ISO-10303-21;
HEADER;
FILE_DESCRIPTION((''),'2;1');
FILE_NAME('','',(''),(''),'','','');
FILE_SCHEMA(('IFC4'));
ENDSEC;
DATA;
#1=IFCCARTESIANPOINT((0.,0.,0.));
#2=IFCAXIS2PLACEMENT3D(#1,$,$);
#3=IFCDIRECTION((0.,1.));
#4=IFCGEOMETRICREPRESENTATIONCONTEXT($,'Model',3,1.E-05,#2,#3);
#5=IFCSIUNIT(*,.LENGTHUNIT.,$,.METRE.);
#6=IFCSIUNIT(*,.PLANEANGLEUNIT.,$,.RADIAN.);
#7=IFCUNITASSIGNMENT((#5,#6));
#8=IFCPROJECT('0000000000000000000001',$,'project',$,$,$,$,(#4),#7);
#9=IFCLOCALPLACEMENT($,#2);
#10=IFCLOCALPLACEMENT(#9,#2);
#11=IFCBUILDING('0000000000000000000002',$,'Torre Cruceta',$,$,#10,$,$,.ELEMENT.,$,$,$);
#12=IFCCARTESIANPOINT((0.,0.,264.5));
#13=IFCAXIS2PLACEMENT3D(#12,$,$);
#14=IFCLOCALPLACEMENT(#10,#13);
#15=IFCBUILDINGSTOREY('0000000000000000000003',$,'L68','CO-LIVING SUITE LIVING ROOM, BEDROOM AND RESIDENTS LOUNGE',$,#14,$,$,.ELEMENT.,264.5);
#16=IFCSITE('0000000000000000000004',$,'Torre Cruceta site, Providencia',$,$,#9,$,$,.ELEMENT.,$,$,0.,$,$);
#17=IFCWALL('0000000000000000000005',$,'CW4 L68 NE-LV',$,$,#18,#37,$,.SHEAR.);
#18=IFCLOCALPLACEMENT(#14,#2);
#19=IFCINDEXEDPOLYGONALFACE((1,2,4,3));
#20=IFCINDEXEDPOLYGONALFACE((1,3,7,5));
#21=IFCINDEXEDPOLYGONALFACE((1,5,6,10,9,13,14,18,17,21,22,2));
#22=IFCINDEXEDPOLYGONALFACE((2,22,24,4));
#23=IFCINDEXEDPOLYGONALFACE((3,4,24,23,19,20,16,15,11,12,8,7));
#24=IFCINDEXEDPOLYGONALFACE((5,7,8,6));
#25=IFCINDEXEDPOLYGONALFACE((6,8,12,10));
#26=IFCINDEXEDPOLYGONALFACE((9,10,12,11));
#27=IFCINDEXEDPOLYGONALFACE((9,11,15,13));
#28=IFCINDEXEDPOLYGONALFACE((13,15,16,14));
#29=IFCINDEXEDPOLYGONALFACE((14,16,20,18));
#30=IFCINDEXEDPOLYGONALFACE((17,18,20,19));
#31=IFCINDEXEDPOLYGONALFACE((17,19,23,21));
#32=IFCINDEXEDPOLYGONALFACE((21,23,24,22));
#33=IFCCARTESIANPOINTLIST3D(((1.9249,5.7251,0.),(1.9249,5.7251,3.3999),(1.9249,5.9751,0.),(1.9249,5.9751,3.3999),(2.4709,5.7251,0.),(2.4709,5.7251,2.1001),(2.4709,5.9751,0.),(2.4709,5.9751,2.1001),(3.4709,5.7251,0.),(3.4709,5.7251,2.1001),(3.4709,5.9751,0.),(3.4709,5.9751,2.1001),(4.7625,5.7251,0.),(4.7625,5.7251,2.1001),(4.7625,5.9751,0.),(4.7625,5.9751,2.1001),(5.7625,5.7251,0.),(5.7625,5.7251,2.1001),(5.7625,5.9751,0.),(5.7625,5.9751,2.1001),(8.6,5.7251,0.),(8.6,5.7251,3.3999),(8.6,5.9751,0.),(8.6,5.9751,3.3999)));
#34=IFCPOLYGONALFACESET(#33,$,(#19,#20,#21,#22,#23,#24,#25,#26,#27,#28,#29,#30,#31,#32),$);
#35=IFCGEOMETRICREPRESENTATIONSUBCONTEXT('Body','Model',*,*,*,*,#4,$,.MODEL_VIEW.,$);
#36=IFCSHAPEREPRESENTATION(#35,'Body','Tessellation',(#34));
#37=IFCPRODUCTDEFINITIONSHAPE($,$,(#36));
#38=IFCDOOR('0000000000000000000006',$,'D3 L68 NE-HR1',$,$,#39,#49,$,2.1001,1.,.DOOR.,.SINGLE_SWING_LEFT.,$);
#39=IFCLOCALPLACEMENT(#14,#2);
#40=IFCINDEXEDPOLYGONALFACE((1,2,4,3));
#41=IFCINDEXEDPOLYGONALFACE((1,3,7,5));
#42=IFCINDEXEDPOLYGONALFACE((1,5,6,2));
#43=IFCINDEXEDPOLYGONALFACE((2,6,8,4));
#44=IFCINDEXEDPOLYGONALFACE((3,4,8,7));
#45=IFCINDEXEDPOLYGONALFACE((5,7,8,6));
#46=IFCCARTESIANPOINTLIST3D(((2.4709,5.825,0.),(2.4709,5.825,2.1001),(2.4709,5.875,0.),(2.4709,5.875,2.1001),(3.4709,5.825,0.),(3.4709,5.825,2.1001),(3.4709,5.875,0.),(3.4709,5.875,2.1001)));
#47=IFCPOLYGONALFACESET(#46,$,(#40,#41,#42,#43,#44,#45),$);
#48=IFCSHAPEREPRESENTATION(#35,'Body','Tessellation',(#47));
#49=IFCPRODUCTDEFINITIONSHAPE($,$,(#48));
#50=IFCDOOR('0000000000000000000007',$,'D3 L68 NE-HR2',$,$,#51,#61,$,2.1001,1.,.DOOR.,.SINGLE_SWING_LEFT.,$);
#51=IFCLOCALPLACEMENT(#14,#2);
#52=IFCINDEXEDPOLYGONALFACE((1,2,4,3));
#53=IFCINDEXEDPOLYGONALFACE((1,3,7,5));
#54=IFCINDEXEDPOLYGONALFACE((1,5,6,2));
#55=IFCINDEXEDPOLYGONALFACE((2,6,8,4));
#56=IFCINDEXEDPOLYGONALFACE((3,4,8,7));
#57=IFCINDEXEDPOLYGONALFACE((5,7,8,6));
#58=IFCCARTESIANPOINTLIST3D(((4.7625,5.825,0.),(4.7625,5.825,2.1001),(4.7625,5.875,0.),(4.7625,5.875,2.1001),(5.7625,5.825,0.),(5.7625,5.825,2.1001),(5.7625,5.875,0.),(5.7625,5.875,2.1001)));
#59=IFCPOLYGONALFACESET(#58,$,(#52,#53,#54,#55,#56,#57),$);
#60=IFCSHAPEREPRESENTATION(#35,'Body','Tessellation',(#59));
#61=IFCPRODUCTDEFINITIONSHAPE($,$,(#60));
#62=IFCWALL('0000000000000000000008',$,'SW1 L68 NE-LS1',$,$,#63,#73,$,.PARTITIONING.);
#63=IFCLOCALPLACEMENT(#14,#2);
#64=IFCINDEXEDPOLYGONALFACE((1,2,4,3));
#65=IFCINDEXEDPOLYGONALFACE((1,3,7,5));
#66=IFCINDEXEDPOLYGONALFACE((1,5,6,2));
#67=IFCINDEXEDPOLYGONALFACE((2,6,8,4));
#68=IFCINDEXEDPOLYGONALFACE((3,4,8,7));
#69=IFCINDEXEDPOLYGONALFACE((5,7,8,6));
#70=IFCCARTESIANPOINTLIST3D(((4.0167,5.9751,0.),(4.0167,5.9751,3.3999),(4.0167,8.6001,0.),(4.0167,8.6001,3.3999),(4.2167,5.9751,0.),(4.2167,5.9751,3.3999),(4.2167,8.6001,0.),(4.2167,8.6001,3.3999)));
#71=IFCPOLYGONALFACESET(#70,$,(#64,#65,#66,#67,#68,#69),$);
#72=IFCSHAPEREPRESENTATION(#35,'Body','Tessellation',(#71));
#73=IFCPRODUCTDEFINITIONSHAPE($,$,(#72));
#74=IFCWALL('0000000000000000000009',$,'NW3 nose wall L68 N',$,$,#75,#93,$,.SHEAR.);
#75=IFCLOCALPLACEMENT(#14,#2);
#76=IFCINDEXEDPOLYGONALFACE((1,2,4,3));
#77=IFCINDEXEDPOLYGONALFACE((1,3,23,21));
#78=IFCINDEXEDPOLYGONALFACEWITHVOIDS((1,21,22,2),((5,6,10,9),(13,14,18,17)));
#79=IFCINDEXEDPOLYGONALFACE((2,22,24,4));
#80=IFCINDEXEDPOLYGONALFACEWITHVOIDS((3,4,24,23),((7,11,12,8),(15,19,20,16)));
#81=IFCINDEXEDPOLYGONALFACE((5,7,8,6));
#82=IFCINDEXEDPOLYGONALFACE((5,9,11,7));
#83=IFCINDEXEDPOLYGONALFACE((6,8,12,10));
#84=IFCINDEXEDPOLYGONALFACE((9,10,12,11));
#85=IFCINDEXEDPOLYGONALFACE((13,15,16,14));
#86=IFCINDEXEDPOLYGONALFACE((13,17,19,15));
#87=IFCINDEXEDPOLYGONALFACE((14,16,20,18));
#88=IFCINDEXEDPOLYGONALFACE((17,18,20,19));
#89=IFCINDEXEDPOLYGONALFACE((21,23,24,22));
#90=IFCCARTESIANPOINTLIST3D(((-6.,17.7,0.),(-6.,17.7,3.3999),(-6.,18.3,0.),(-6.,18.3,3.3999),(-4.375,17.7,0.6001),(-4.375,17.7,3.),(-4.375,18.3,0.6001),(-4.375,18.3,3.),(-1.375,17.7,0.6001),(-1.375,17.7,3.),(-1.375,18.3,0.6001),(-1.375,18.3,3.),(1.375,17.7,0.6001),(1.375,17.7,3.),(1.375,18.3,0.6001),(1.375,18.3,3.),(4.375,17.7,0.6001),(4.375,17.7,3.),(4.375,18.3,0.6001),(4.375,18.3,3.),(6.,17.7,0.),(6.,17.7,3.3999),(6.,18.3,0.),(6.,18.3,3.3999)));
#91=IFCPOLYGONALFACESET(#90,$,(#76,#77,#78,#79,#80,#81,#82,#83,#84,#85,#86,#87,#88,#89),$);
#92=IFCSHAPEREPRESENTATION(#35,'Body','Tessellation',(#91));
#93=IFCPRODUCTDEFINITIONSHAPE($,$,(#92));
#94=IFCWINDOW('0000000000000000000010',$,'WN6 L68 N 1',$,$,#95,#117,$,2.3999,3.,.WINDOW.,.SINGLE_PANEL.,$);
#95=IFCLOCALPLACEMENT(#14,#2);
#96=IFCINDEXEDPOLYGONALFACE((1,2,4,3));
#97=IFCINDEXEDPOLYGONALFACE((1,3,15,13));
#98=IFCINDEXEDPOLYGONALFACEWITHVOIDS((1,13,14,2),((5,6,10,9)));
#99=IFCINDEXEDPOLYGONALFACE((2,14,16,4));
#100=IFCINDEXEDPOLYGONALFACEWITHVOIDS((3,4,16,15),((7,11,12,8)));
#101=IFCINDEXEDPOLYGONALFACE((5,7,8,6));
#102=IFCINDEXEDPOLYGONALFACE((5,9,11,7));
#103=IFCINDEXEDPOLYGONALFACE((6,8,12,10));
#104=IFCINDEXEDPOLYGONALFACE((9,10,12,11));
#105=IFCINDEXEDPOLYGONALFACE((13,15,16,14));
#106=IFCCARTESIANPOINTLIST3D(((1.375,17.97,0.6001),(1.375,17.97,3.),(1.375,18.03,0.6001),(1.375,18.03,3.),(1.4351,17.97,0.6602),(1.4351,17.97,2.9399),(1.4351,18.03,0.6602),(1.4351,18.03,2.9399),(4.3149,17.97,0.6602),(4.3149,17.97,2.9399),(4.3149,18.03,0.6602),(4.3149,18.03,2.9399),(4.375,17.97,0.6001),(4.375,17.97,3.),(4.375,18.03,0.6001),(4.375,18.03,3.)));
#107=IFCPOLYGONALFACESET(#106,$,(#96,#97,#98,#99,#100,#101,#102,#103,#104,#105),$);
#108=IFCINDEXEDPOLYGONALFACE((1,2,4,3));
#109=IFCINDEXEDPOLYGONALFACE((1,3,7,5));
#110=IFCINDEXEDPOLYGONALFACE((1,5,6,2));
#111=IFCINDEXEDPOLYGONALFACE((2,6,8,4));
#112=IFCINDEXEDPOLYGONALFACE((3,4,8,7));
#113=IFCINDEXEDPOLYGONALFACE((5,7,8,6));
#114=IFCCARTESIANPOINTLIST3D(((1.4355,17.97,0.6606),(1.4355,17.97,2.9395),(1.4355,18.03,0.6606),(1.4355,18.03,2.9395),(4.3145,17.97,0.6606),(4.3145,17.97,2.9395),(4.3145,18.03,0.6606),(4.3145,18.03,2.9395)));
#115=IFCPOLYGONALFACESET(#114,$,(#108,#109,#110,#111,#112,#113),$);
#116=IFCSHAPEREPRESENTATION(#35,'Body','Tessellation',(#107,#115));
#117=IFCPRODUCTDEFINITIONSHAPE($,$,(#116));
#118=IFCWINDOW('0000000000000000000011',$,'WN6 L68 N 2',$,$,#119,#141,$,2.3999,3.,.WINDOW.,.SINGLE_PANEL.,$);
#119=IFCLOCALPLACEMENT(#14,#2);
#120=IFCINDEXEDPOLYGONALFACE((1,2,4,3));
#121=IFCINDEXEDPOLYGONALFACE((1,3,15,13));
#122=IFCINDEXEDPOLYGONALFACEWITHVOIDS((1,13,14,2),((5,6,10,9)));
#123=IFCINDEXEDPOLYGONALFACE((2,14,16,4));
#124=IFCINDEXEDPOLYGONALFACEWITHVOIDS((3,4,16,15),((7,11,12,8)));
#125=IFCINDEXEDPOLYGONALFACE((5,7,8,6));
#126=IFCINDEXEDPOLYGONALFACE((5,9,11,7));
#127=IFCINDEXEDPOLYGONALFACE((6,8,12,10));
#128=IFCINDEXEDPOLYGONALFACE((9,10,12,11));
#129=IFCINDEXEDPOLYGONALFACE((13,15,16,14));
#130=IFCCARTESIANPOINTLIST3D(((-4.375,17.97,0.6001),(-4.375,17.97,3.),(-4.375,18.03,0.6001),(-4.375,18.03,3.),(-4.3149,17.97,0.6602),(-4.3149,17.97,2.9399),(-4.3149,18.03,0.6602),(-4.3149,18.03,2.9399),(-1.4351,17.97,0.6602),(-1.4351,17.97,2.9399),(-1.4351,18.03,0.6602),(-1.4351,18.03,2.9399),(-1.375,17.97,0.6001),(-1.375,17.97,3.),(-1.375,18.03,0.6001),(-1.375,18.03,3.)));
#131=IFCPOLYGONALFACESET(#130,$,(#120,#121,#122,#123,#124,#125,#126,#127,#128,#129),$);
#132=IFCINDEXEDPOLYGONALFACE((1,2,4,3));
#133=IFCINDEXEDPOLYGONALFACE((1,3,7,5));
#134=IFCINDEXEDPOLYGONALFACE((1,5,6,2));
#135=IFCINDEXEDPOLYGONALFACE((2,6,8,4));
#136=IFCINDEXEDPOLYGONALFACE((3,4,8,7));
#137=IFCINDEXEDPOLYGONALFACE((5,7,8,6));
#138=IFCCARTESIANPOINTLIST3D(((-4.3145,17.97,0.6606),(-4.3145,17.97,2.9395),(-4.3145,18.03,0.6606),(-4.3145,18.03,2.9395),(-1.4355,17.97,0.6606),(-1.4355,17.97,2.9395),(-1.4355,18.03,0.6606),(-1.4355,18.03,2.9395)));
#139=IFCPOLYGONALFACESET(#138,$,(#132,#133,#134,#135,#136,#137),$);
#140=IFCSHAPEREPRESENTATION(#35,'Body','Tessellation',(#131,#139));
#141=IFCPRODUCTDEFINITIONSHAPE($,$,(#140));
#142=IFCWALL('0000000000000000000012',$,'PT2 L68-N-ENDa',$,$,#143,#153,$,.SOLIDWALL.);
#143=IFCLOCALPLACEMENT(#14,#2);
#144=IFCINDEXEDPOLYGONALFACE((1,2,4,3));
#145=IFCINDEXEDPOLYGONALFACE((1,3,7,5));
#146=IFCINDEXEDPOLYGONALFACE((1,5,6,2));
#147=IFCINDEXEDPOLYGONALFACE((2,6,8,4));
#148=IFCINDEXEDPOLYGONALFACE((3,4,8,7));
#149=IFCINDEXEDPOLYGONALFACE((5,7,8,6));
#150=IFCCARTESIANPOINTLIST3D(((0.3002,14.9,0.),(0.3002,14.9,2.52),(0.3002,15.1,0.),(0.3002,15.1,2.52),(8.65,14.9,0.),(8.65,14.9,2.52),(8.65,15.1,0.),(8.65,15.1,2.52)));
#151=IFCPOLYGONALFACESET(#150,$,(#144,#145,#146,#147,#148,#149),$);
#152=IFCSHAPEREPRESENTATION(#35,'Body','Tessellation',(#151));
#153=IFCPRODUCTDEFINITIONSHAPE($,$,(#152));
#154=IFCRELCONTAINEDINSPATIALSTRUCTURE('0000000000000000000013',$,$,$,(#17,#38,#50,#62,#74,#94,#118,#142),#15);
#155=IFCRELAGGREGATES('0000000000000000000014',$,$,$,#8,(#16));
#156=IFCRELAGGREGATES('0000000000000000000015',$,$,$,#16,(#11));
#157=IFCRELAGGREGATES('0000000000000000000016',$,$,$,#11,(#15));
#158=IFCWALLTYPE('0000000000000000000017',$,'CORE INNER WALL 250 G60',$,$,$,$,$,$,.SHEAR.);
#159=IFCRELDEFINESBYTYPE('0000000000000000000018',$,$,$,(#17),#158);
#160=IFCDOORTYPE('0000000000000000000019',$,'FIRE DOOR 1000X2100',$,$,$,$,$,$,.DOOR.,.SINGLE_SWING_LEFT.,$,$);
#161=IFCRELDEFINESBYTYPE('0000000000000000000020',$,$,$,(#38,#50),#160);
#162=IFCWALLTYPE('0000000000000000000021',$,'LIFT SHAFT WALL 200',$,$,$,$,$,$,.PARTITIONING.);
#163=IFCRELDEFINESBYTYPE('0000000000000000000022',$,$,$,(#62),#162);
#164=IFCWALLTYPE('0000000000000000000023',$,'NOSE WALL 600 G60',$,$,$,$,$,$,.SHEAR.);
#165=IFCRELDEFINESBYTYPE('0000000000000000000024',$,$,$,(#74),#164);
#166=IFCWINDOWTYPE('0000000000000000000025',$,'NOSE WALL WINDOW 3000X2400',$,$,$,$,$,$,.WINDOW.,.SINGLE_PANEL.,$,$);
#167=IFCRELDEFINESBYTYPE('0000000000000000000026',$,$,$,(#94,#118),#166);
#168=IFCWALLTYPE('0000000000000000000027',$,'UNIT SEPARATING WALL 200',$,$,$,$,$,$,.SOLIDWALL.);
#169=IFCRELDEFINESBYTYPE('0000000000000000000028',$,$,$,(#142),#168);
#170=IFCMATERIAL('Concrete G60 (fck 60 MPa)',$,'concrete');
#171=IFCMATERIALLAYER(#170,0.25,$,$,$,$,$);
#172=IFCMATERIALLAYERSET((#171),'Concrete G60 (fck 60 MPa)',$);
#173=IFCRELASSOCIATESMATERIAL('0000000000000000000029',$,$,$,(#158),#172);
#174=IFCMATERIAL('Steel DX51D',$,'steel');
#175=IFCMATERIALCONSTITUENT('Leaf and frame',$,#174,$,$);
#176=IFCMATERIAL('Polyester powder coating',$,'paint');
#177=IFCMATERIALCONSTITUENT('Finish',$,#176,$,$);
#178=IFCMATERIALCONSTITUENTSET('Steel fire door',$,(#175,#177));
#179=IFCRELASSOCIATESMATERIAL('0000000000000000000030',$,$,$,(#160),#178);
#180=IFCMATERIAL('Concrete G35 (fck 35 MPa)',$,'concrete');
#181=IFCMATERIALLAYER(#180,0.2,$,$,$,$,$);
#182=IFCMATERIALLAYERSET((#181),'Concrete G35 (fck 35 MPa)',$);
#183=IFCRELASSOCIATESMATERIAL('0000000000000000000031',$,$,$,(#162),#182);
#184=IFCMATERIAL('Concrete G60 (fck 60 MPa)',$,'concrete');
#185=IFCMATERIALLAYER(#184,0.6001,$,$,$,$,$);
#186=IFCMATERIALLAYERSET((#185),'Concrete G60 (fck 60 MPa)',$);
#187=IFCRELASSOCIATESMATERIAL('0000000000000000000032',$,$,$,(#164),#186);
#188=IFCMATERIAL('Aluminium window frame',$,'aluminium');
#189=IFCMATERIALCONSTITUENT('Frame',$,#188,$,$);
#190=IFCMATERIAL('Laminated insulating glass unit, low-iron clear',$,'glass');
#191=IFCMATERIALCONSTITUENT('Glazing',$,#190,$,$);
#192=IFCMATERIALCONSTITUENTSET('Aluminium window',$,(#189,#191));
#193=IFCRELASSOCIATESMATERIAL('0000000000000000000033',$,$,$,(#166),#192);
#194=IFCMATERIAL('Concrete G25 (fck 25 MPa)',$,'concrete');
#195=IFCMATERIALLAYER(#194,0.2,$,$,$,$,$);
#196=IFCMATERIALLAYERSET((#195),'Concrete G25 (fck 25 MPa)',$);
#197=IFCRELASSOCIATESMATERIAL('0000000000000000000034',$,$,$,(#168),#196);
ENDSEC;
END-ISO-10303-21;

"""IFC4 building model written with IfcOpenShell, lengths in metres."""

from ifc_helpers import new_model, si_unit, direction, frame, frame_2d, origin, place, context, subcontext, project, spatial, rectangle, hollow_rectangle, extrude, material, layer, layer_set, constituent, constituent_set, type_object, element, fill, save


model = new_model("IFC4")

# Units and contexts
model_context = context("Model", 3, precision=1e-05, world=origin(), true_north=direction((0.0, 1.0)))
body_context = subcontext(model_context, "Body", "Model", "MODEL_VIEW")
ifc_project = project(units=[si_unit("LENGTHUNIT", "METRE"), si_unit("PLANEANGLEUNIT", "RADIAN")], contexts=[model_context])

# Site, building, storey
site_placement = place(None, origin())
site = spatial("IfcSite", under=ifc_project, at=site_placement, Name="Torre Cruceta site, Providencia", CompositionType="ELEMENT", RefElevation=0.0)
building_placement = place(site_placement, origin())
building = spatial("IfcBuilding", under=site, at=building_placement, Name="Torre Cruceta", CompositionType="ELEMENT")
storey_placement = place(building_placement, frame((0.0, 0.0, 264.5)))
storey = spatial("IfcBuildingStorey", under=building, at=storey_placement, Name="L68", Description="CO-LIVING SUITE LIVING ROOM, BEDROOM AND RESIDENTS LOUNGE", CompositionType="ELEMENT", Elevation=264.5)

# Wall, openings, doors
ifc_material_1 = material(Name="Concrete G60 (fck 60 MPa)", Category="concrete")
ifc_layer_1 = layer(ifc_material_1, 0.25)
ifc_layer_set_1 = layer_set([ifc_layer_1], Name="Concrete G60 (fck 60 MPa)")
wall_type_1 = type_object("IfcWallType", Name="CORE INNER WALL 250 G60", PredefinedType="SHEAR", material=ifc_layer_set_1)
wall_1_placement = place(storey_placement, frame((1.925, 5.8501, 0.0), z_axis=(0.0, 0.0, 1.0), x_axis=(1.0, 0.0, 0.0)))
wall_1 = element("IfcWall", 1, at=wall_1_placement, inside=storey, type_object=wall_type_1, Name="CW4 L68 NE-LV", PredefinedType="SHEAR", context=body_context, shape_type="SweptSolid", body=[
    extrude(rectangle(XDim=6.675, YDim=0.25, at=frame_2d((3.3374, 0.0))), origin(), (0.0, 0.0, 1.0), 3.3999),
])
opening_1_placement = place(wall_1_placement, frame((0.5459, 0.0, 0.0)))
opening_1 = element("IfcOpeningElement", 2, at=opening_1_placement, cuts=wall_1, PredefinedType="OPENING", context=body_context, shape_type="SweptSolid", body=[
    extrude(rectangle(XDim=1.0, YDim=2.1001, at=frame_2d((0.5, 1.05))), frame((0.0, 0.135, 0.0), z_axis=(0.0, -1.0, 0.0), x_axis=(1.0, 0.0, 0.0)), (0.0, 0.0, 1.0), 0.27),
])
opening_2_placement = place(wall_1_placement, frame((2.8374, 0.0, 0.0)))
opening_2 = element("IfcOpeningElement", 3, at=opening_2_placement, cuts=wall_1, PredefinedType="OPENING", context=body_context, shape_type="SweptSolid", body=[
    extrude(rectangle(XDim=1.0, YDim=2.1001, at=frame_2d((0.5, 1.05))), frame((0.0, 0.135, 0.0), z_axis=(0.0, -1.0, 0.0), x_axis=(1.0, 0.0, 0.0)), (0.0, 0.0, 1.0), 0.27),
])
ifc_material_2 = material(Name="Steel DX51D", Category="steel")
ifc_constituent_1 = constituent(ifc_material_2, Name="Leaf and frame")
ifc_material_3 = material(Name="Polyester powder coating", Category="paint")
ifc_constituent_2 = constituent(ifc_material_3, Name="Finish")
ifc_constituent_set_1 = constituent_set(constituents=[ifc_constituent_1, ifc_constituent_2], Name="Steel fire door")
door_type_1 = type_object("IfcDoorType", Name="FIRE DOOR 1000X2100", OperationType="SINGLE_SWING_LEFT", PredefinedType="DOOR", material=ifc_constituent_set_1)
door_1_placement = place(opening_1_placement, origin())
door_1 = element("IfcDoor", 4, at=door_1_placement, inside=storey, type_object=door_type_1, Name="D3 L68 NE-HR1", OperationType="SINGLE_SWING_LEFT", OverallHeight=2.1001, OverallWidth=1.0, PredefinedType="DOOR", context=body_context, shape_type="SweptSolid", body=[
    extrude(rectangle(XDim=1.0, YDim=2.1001, at=frame_2d((0.5, 1.05))), frame((0.0, 0.0249, 0.0), z_axis=(0.0, -1.0, 0.0), x_axis=(1.0, 0.0, 0.0)), (0.0, 0.0, 1.0), 0.05),
])
fill(opening_1, door_1)
door_2_placement = place(opening_2_placement, origin())
door_2 = element("IfcDoor", 5, at=door_2_placement, inside=storey, type_object=door_type_1, Name="D3 L68 NE-HR2", OperationType="SINGLE_SWING_LEFT", OverallHeight=2.1001, OverallWidth=1.0, PredefinedType="DOOR", context=body_context, shape_type="SweptSolid", body=[
    extrude(rectangle(XDim=1.0, YDim=2.1001, at=frame_2d((0.5, 1.05))), frame((0.0, 0.0249, 0.0), z_axis=(0.0, -1.0, 0.0), x_axis=(1.0, 0.0, 0.0)), (0.0, 0.0, 1.0), 0.05),
])
fill(opening_2, door_2)

# Wall
ifc_material_4 = material(Name="Concrete G35 (fck 35 MPa)", Category="concrete")
ifc_layer_2 = layer(ifc_material_4, 0.2)
ifc_layer_set_2 = layer_set([ifc_layer_2], Name="Concrete G35 (fck 35 MPa)")
wall_type_2 = type_object("IfcWallType", Name="LIFT SHAFT WALL 200", PredefinedType="PARTITIONING", material=ifc_layer_set_2)
wall_2_placement = place(storey_placement, frame((4.1167, 5.9751, 0.0), z_axis=(0.0, 0.0, 1.0), x_axis=(0.0, 1.0, 0.0)))
element("IfcWall", 6, at=wall_2_placement, inside=storey, type_object=wall_type_2, Name="SW1 L68 NE-LS1", PredefinedType="PARTITIONING", context=body_context, shape_type="SweptSolid", body=[
    extrude(rectangle(XDim=2.625, YDim=0.2, at=frame_2d((1.3125, 0.0))), origin(), (0.0, 0.0, 1.0), 3.3999),
])

# Wall, openings, windows
ifc_material_5 = material(Name="Concrete G60 (fck 60 MPa)", Category="concrete")
ifc_layer_3 = layer(ifc_material_5, 0.6001)
ifc_layer_set_3 = layer_set([ifc_layer_3], Name="Concrete G60 (fck 60 MPa)")
wall_type_3 = type_object("IfcWallType", Name="NOSE WALL 600 G60", PredefinedType="SHEAR", material=ifc_layer_set_3)
wall_3_placement = place(storey_placement, frame((6.0, 18.0, 0.0), z_axis=(0.0, 0.0, 1.0), x_axis=(-1.0, 0.0, 0.0)))
wall_3 = element("IfcWall", 7, at=wall_3_placement, inside=storey, type_object=wall_type_3, Name="NW3 nose wall L68 N", PredefinedType="SHEAR", context=body_context, shape_type="SweptSolid", body=[
    extrude(rectangle(XDim=12.0, YDim=0.6001, at=frame_2d((6.0, 0.0))), origin(), (0.0, 0.0, 1.0), 3.3999),
])
opening_3_placement = place(wall_3_placement, frame((1.625, 0.0, 0.6001)))
opening_3 = element("IfcOpeningElement", 8, at=opening_3_placement, cuts=wall_3, PredefinedType="OPENING", context=body_context, shape_type="SweptSolid", body=[
    extrude(rectangle(XDim=3.0, YDim=2.3999, at=frame_2d((1.5, 1.2))), frame((0.0, 0.3101, 0.0), z_axis=(0.0, -1.0, 0.0), x_axis=(1.0, 0.0, 0.0)), (0.0, 0.0, 1.0), 0.6201),
])
opening_4_placement = place(wall_3_placement, frame((7.375, 0.0, 0.6001)))
opening_4 = element("IfcOpeningElement", 9, at=opening_4_placement, cuts=wall_3, PredefinedType="OPENING", context=body_context, shape_type="SweptSolid", body=[
    extrude(rectangle(XDim=3.0, YDim=2.3999, at=frame_2d((1.5, 1.2))), frame((0.0, 0.3101, 0.0), z_axis=(0.0, -1.0, 0.0), x_axis=(1.0, 0.0, 0.0)), (0.0, 0.0, 1.0), 0.6201),
])
ifc_material_6 = material(Name="Aluminium window frame", Category="aluminium")
ifc_constituent_3 = constituent(ifc_material_6, Name="Frame")
ifc_material_7 = material(Name="Laminated insulating glass unit, low-iron clear", Category="glass")
ifc_constituent_4 = constituent(ifc_material_7, Name="Glazing")
ifc_constituent_set_2 = constituent_set(constituents=[ifc_constituent_3, ifc_constituent_4], Name="Aluminium window")
window_type = type_object("IfcWindowType", Name="NOSE WALL WINDOW 3000X2400", PartitioningType="SINGLE_PANEL", PredefinedType="WINDOW", material=ifc_constituent_set_2)
window_1_placement = place(opening_3_placement, origin())
window_1 = element("IfcWindow", 10, at=window_1_placement, inside=storey, type_object=window_type, Name="WN6 L68 N 1", OverallHeight=2.3999, OverallWidth=3.0, PartitioningType="SINGLE_PANEL", PredefinedType="WINDOW", context=body_context, shape_type="SweptSolid", body=[
    extrude(hollow_rectangle(XDim=3.0, YDim=2.3999, WallThickness=0.0601, at=frame_2d((1.5, 1.2))), frame((0.0, 0.03, 0.0), z_axis=(0.0, -1.0, 0.0), x_axis=(1.0, 0.0, 0.0)), (0.0, 0.0, 1.0), 0.0601),
    extrude(rectangle(XDim=2.8789, YDim=2.2788, at=frame_2d((1.5, 1.2))), frame((0.0, 0.03, 0.0), z_axis=(0.0, -1.0, 0.0), x_axis=(1.0, 0.0, 0.0)), (0.0, 0.0, 1.0), 0.0601),
])
fill(opening_3, window_1)
window_2_placement = place(opening_4_placement, origin())
window_2 = element("IfcWindow", 11, at=window_2_placement, inside=storey, type_object=window_type, Name="WN6 L68 N 2", OverallHeight=2.3999, OverallWidth=3.0, PartitioningType="SINGLE_PANEL", PredefinedType="WINDOW", context=body_context, shape_type="SweptSolid", body=[
    extrude(hollow_rectangle(XDim=3.0, YDim=2.3999, WallThickness=0.0601, at=frame_2d((1.5, 1.2))), frame((0.0, 0.03, 0.0), z_axis=(0.0, -1.0, 0.0), x_axis=(1.0, 0.0, 0.0)), (0.0, 0.0, 1.0), 0.0601),
    extrude(rectangle(XDim=2.8789, YDim=2.2788, at=frame_2d((1.5, 1.2))), frame((0.0, 0.03, 0.0), z_axis=(0.0, -1.0, 0.0), x_axis=(1.0, 0.0, 0.0)), (0.0, 0.0, 1.0), 0.0601),
])
fill(opening_4, window_2)

# Wall
ifc_material_8 = material(Name="Concrete G25 (fck 25 MPa)", Category="concrete")
ifc_layer_4 = layer(ifc_material_8, 0.2)
ifc_layer_set_4 = layer_set([ifc_layer_4], Name="Concrete G25 (fck 25 MPa)")
wall_type_4 = type_object("IfcWallType", Name="UNIT SEPARATING WALL 200", PredefinedType="SOLIDWALL", material=ifc_layer_set_4)
wall_4_placement = place(storey_placement, frame((8.6499, 15.0, 0.0), z_axis=(0.0, 0.0, 1.0), x_axis=(-1.0, 0.0, 0.0)))
element("IfcWall", 12, at=wall_4_placement, inside=storey, type_object=wall_type_4, Name="PT2 L68-N-ENDa", PredefinedType="SOLIDWALL", context=body_context, shape_type="SweptSolid", body=[
    extrude(rectangle(XDim=8.3499, YDim=0.2, at=frame_2d((4.1748, 0.0))), origin(), (0.0, 0.0, 1.0), 2.52),
])

save(model, "model.ifc")
